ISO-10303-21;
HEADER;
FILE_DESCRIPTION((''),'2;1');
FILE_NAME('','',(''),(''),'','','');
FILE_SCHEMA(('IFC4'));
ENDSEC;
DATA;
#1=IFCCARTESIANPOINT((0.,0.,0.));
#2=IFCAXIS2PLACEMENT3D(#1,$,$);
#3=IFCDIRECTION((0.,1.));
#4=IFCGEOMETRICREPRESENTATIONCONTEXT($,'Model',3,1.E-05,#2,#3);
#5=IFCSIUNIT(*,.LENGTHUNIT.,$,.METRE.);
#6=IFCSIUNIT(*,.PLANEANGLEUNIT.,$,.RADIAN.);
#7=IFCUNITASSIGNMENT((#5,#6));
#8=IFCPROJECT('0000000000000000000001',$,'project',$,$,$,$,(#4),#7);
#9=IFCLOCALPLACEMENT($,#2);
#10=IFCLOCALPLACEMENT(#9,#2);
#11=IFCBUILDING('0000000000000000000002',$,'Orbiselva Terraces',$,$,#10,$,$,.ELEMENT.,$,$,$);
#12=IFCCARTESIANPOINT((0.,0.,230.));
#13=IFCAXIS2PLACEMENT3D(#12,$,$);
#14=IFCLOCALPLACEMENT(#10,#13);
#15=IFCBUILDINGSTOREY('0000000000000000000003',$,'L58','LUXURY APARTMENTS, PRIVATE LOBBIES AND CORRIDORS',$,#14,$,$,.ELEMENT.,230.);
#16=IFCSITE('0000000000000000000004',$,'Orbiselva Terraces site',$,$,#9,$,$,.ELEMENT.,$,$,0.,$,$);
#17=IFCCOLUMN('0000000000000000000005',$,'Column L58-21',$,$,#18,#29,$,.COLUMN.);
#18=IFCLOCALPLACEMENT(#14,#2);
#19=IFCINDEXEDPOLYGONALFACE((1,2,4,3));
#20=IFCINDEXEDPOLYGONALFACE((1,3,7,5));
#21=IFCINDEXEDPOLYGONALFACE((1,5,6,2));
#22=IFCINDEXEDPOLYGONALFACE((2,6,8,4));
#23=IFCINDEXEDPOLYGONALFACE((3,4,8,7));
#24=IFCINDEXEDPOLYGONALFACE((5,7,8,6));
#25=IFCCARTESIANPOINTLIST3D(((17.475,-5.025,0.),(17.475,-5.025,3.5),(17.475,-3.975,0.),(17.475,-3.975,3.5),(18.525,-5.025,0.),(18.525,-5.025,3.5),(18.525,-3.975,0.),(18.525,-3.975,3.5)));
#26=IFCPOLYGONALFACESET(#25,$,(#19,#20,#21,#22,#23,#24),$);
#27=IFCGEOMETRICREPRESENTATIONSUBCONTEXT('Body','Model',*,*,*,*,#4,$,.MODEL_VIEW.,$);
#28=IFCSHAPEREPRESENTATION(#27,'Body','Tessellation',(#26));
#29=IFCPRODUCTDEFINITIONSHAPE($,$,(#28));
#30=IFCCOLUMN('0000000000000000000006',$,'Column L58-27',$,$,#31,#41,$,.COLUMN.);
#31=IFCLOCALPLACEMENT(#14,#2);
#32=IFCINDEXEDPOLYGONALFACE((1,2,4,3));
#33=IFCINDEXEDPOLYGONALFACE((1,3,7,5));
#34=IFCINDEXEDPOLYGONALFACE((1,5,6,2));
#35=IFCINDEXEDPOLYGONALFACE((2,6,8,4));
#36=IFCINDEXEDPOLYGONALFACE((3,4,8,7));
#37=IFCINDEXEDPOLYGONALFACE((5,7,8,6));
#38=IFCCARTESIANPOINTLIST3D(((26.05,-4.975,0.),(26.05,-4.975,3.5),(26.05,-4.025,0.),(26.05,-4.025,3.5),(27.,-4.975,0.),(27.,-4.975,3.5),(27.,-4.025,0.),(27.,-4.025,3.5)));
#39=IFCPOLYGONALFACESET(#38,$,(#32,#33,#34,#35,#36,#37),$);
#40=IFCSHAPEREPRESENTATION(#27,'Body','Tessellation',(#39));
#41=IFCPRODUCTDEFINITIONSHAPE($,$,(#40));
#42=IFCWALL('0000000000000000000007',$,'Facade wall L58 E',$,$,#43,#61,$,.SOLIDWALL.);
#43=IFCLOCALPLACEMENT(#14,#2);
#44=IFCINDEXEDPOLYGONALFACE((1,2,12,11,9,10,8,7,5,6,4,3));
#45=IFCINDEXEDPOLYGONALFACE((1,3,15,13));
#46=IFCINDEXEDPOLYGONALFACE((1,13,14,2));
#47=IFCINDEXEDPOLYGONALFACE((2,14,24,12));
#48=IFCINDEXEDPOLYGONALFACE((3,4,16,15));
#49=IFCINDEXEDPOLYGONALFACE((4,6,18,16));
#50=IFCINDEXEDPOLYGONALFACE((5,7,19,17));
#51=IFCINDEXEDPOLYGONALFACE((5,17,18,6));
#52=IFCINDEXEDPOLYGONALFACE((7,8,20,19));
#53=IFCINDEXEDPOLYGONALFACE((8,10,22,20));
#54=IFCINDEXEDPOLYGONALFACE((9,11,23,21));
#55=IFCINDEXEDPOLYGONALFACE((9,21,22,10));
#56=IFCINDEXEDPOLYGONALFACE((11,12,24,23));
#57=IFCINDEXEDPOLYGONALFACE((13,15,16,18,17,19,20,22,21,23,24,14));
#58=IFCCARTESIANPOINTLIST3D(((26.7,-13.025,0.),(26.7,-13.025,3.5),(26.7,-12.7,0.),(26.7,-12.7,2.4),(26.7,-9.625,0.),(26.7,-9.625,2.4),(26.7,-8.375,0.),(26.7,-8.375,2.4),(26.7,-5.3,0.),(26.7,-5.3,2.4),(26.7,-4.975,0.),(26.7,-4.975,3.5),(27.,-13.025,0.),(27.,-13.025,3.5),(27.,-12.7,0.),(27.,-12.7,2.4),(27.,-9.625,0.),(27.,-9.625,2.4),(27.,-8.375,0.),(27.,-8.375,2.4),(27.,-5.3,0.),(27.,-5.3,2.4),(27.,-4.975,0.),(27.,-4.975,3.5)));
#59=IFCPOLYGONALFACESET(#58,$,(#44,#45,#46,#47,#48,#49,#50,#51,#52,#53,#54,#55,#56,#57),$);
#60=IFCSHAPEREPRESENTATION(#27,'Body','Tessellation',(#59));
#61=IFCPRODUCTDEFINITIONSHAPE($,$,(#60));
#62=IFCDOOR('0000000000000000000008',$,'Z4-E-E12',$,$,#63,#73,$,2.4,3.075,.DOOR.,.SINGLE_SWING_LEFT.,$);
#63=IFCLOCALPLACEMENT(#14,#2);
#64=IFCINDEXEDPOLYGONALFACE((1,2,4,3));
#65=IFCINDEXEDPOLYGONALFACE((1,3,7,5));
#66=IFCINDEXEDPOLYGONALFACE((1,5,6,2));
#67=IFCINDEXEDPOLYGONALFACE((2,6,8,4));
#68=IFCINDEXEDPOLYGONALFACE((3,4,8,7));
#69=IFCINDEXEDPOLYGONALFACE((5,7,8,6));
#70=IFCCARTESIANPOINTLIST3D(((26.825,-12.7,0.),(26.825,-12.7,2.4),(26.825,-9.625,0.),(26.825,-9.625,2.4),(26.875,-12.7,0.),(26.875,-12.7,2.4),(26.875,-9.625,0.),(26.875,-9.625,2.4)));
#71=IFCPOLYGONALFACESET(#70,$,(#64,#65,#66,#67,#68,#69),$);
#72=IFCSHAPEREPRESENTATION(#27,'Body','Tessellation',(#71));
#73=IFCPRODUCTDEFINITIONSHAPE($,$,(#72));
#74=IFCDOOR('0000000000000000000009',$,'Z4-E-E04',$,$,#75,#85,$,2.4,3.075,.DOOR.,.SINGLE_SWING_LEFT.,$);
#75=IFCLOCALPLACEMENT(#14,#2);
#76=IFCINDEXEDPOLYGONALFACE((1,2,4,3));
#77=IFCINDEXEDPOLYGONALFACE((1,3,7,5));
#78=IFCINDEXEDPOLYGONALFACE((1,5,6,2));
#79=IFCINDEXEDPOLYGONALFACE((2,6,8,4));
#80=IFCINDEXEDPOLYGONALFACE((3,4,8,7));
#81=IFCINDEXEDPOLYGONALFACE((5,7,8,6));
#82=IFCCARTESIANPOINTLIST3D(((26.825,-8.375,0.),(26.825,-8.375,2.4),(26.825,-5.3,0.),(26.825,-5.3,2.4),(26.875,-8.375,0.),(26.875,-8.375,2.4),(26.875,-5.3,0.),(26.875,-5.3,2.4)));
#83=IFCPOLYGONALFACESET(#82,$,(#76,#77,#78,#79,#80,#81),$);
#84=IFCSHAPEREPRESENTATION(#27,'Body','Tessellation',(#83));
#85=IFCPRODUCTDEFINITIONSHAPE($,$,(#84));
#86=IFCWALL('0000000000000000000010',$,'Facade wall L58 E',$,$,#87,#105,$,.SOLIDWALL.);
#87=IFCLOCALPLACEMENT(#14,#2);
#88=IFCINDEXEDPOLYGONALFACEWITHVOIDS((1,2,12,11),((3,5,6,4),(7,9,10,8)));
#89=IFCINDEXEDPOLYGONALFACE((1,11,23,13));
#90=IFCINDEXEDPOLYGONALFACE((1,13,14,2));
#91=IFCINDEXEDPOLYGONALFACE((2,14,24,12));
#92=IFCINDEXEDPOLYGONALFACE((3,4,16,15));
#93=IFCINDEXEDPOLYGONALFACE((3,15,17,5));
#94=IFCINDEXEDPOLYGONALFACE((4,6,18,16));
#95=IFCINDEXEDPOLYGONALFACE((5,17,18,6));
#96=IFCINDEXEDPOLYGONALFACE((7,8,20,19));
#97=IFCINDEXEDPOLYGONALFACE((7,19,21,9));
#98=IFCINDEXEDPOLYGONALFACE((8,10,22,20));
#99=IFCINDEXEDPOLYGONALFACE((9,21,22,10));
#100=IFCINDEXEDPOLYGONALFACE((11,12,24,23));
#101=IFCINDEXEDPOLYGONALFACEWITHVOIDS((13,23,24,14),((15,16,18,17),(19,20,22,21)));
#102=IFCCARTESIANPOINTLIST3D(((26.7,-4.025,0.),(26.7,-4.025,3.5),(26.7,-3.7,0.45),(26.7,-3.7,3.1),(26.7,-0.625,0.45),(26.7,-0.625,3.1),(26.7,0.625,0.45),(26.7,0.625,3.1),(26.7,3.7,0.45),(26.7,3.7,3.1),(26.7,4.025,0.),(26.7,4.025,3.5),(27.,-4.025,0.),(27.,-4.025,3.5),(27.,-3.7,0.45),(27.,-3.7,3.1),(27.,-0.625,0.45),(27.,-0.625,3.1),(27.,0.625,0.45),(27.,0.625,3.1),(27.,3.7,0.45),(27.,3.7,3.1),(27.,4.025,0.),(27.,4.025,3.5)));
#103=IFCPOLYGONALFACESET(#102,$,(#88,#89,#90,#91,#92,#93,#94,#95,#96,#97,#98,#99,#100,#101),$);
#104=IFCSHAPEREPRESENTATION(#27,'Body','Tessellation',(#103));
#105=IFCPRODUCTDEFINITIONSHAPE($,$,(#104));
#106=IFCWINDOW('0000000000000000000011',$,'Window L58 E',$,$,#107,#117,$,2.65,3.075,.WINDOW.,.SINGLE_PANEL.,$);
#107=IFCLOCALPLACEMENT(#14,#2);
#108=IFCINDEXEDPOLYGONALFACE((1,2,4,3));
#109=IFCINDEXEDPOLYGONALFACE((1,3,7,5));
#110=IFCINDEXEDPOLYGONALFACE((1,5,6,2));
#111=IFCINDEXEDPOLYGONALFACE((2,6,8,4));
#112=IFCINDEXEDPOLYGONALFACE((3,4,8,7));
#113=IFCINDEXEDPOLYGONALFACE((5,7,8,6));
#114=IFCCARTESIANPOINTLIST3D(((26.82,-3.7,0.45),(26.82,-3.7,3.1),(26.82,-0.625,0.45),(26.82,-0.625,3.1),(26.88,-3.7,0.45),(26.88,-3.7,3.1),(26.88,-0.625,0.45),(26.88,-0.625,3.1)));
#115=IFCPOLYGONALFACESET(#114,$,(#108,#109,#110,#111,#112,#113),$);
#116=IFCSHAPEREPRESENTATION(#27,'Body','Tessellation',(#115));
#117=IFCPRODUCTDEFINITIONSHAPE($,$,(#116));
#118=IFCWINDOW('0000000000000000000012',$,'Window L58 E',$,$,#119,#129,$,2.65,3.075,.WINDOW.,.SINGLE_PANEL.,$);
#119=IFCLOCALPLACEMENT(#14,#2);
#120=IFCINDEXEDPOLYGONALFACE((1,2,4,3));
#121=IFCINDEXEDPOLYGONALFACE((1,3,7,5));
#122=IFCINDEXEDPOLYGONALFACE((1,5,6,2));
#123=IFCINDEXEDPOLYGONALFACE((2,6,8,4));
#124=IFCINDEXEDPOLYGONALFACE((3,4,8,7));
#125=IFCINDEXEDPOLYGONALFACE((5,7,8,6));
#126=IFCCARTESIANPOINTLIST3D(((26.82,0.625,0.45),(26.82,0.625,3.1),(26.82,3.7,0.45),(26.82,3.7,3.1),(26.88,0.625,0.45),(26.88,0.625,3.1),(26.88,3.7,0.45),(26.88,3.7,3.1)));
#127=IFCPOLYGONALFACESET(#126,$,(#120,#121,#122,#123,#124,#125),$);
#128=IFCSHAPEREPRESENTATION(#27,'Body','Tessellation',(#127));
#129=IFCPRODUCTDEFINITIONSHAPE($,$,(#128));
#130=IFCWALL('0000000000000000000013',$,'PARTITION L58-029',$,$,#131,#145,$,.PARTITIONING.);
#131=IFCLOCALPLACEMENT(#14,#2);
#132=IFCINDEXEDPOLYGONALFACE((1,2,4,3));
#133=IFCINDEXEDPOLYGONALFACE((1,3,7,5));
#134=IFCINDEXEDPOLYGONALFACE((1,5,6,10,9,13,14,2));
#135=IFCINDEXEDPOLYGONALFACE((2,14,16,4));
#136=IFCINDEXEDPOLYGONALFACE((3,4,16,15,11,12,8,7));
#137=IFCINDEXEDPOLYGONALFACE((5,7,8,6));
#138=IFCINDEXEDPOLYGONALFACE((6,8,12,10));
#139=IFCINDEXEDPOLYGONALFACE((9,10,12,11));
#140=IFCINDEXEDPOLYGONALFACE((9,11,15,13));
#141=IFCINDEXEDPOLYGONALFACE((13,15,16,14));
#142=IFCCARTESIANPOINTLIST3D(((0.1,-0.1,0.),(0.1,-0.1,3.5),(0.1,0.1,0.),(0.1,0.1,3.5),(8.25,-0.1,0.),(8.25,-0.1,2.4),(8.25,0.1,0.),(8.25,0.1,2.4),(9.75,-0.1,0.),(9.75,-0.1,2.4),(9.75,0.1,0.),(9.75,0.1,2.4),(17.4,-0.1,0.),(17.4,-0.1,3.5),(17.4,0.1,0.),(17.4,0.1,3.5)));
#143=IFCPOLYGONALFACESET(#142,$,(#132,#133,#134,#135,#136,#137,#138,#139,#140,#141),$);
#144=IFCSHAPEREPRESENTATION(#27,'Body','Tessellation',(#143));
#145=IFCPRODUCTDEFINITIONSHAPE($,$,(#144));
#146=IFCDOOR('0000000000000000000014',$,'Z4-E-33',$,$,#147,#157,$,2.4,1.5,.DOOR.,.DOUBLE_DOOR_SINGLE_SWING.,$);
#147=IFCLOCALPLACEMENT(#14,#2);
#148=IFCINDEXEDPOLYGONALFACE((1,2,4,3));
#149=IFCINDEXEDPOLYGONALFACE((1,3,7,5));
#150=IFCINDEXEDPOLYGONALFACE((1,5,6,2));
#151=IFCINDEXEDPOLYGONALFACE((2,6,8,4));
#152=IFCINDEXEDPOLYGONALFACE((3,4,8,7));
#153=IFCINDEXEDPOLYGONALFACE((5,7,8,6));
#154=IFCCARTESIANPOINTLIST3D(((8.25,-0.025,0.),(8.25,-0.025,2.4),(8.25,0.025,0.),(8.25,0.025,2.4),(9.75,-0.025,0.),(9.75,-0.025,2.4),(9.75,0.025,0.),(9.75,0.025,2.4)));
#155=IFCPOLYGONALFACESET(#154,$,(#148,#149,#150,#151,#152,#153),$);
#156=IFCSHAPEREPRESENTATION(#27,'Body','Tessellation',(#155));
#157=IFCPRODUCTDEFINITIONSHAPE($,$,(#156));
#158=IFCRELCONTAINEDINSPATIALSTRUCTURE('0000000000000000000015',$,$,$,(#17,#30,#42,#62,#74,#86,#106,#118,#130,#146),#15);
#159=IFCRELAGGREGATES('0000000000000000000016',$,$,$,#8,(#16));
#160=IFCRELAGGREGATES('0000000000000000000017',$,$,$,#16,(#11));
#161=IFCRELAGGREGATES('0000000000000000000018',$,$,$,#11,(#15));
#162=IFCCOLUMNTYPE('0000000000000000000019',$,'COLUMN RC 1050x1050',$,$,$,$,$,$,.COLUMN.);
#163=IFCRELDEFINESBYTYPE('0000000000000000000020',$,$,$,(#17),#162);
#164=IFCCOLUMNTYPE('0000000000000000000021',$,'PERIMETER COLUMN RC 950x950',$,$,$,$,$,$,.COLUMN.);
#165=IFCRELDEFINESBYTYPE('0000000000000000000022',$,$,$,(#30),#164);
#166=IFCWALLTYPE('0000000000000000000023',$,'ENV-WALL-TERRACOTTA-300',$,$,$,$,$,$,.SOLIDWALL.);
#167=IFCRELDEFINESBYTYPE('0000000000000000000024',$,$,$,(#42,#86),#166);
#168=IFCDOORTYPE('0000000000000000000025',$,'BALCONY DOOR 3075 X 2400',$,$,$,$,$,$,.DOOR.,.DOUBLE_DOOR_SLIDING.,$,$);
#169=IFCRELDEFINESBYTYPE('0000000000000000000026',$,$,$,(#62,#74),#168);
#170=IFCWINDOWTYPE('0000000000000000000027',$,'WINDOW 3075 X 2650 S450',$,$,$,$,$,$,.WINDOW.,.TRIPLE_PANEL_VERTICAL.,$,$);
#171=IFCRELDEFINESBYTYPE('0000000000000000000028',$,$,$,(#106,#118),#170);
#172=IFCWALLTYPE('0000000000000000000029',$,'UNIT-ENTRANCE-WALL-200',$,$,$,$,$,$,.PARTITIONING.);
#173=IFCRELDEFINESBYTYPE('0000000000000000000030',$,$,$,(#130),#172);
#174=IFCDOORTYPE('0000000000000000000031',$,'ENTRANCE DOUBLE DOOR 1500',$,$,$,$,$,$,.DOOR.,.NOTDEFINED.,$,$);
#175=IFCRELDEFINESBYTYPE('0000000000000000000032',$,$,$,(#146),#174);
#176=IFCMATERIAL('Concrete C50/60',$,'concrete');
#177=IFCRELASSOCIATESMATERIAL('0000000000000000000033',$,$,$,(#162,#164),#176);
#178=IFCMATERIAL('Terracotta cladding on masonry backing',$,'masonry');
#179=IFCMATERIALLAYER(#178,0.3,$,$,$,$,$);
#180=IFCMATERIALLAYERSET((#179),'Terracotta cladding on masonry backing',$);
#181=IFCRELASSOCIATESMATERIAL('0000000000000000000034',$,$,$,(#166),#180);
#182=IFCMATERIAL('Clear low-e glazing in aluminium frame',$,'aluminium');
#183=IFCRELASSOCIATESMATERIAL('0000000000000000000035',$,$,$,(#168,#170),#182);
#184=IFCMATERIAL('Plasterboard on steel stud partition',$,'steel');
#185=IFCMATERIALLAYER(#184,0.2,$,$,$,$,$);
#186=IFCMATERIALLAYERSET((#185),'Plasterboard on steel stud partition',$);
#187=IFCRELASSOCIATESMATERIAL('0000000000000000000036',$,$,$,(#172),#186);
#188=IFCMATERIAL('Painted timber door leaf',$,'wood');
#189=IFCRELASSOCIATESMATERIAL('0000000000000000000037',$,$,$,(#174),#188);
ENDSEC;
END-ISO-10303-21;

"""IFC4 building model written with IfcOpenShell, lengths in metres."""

from ifc_helpers import new_model, si_unit, direction, frame, frame_2d, origin, origin_2d, place, context, subcontext, project, spatial, rectangle, extrude, material, layer, layer_set, material_profile, profile_set, type_object, element, fill, save


model = new_model("IFC4")

# Units and contexts
model_context = context("Model", 3, precision=1e-05, world=origin(), true_north=direction((0.0, 1.0)))
body_context = subcontext(model_context, "Body", "Model", "MODEL_VIEW")
ifc_project = project(units=[si_unit("LENGTHUNIT", "METRE"), si_unit("PLANEANGLEUNIT", "RADIAN")], contexts=[model_context])

# Site, building, storey
site_placement = place(None, origin())
site = spatial("IfcSite", under=ifc_project, at=site_placement, Name="Orbiselva Terraces site", CompositionType="ELEMENT", RefElevation=0.0)
building_placement = place(site_placement, origin())
building = spatial("IfcBuilding", under=site, at=building_placement, Name="Orbiselva Terraces", CompositionType="ELEMENT")
storey_placement = place(building_placement, frame((0.0, 0.0, 230.0)))
storey = spatial("IfcBuildingStorey", under=building, at=storey_placement, Name="L58", Description="LUXURY APARTMENTS, PRIVATE LOBBIES AND CORRIDORS", CompositionType="ELEMENT", Elevation=230.0)

# Columns
ifc_material_1 = material(Name="Concrete C50/60", Category="concrete")
ifc_material_profile_1 = material_profile(ifc_material_1, rectangle(XDim=1.05, YDim=1.05, at=origin_2d()), Name="RC 1050x1050")
ifc_profile_set_1 = profile_set([ifc_material_profile_1], Name="Concrete C50/60")
column_type_1 = type_object("IfcColumnType", Name="COLUMN RC 1050x1050", PredefinedType="COLUMN", material=ifc_profile_set_1)
column_1_placement = place(storey_placement, frame((18.0, -4.5, 0.0), z_axis=(0.0, 0.0, 1.0), x_axis=(1.0, 0.0, 0.0)))
element("IfcColumn", 1, at=column_1_placement, inside=storey, type_object=column_type_1, Name="Column L58-21", PredefinedType="COLUMN", context=body_context, shape_type="SweptSolid", body=[
    extrude(rectangle(XDim=1.05, YDim=1.05, at=origin_2d()), origin(), (0.0, 0.0, 1.0), 3.5),
])
ifc_material_profile_2 = material_profile(ifc_material_1, rectangle(XDim=0.95, YDim=0.95, at=origin_2d()), Name="RC 950x950")
ifc_profile_set_2 = profile_set([ifc_material_profile_2], Name="Concrete C50/60")
column_type_2 = type_object("IfcColumnType", Name="PERIMETER COLUMN RC 950x950", PredefinedType="COLUMN", material=ifc_profile_set_2)
column_2_placement = place(storey_placement, frame((26.525, -4.5, 0.0), z_axis=(0.0, 0.0, 1.0), x_axis=(1.0, 0.0, 0.0)))
element("IfcColumn", 2, at=column_2_placement, inside=storey, type_object=column_type_2, Name="Column L58-27", PredefinedType="COLUMN", context=body_context, shape_type="SweptSolid", body=[
    extrude(rectangle(XDim=0.95, YDim=0.95, at=origin_2d()), origin(), (0.0, 0.0, 1.0), 3.5),
])

# Wall, openings, doors
ifc_material_2 = material(Name="Terracotta cladding on masonry backing", Category="masonry")
ifc_layer_1 = layer(ifc_material_2, 0.3)
ifc_layer_set_1 = layer_set([ifc_layer_1], Name="Terracotta cladding on masonry backing")
wall_type_1 = type_object("IfcWallType", Name="ENV-WALL-TERRACOTTA-300", PredefinedType="SOLIDWALL", material=ifc_layer_set_1)
wall_1_placement = place(storey_placement, frame((26.85, -4.975, 0.0), z_axis=(0.0, 0.0, 1.0), x_axis=(0.0, -1.0, 0.0)))
wall_1 = element("IfcWall", 3, at=wall_1_placement, inside=storey, type_object=wall_type_1, Name="Facade wall L58 E", PredefinedType="SOLIDWALL", context=body_context, shape_type="SweptSolid", body=[
    extrude(rectangle(XDim=8.05, YDim=0.3, at=frame_2d((4.025, 0.0))), origin(), (0.0, 0.0, 1.0), 3.5),
])
opening_1_placement = place(wall_1_placement, frame((4.65, 0.0, 0.0)))
opening_1 = element("IfcOpeningElement", 4, at=opening_1_placement, cuts=wall_1, PredefinedType="OPENING", context=body_context, shape_type="SweptSolid", body=[
    extrude(rectangle(XDim=3.075, YDim=2.4, at=frame_2d((1.5375, 1.2))), frame((0.0, 0.16, 0.0), z_axis=(0.0, -1.0, 0.0), x_axis=(1.0, 0.0, 0.0)), (0.0, 0.0, 1.0), 0.32),
])
opening_2_placement = place(wall_1_placement, frame((0.325, 0.0, 0.0)))
opening_2 = element("IfcOpeningElement", 5, at=opening_2_placement, cuts=wall_1, PredefinedType="OPENING", context=body_context, shape_type="SweptSolid", body=[
    extrude(rectangle(XDim=3.075, YDim=2.4, at=frame_2d((1.5375, 1.2))), frame((0.0, 0.16, 0.0), z_axis=(0.0, -1.0, 0.0), x_axis=(1.0, 0.0, 0.0)), (0.0, 0.0, 1.0), 0.32),
])
ifc_material_3 = material(Name="Clear low-e glazing in aluminium frame", Category="aluminium")
door_type_1 = type_object("IfcDoorType", Name="BALCONY DOOR 3075 X 2400", OperationType="DOUBLE_DOOR_SLIDING", PredefinedType="DOOR", material=ifc_material_3)
door_1_placement = place(opening_1_placement, origin())
door_1 = element("IfcDoor", 6, at=door_1_placement, inside=storey, type_object=door_type_1, Name="Z4-E-E12", OperationType="SINGLE_SWING_LEFT", OverallHeight=2.4, OverallWidth=3.075, PredefinedType="DOOR", context=body_context, shape_type="SweptSolid", body=[
    extrude(rectangle(XDim=3.075, YDim=2.4, at=frame_2d((1.5375, 1.2))), frame((0.0, 0.025, 0.0), z_axis=(0.0, -1.0, 0.0), x_axis=(1.0, 0.0, 0.0)), (0.0, 0.0, 1.0), 0.05),
])
fill(opening_1, door_1)
door_2_placement = place(opening_2_placement, origin())
door_2 = element("IfcDoor", 7, at=door_2_placement, inside=storey, type_object=door_type_1, Name="Z4-E-E04", OperationType="SINGLE_SWING_LEFT", OverallHeight=2.4, OverallWidth=3.075, PredefinedType="DOOR", context=body_context, shape_type="SweptSolid", body=[
    extrude(rectangle(XDim=3.075, YDim=2.4, at=frame_2d((1.5375, 1.2))), frame((0.0, 0.025, 0.0), z_axis=(0.0, -1.0, 0.0), x_axis=(1.0, 0.0, 0.0)), (0.0, 0.0, 1.0), 0.05),
])
fill(opening_2, door_2)

# Wall, openings, windows
wall_2_placement = place(storey_placement, frame((26.85, 4.025, 0.0), z_axis=(0.0, 0.0, 1.0), x_axis=(0.0, -1.0, 0.0)))
wall_2 = element("IfcWall", 8, at=wall_2_placement, inside=storey, type_object=wall_type_1, Name="Facade wall L58 E", PredefinedType="SOLIDWALL", context=body_context, shape_type="SweptSolid", body=[
    extrude(rectangle(XDim=8.05, YDim=0.3, at=frame_2d((4.025, 0.0))), origin(), (0.0, 0.0, 1.0), 3.5),
])
opening_3_placement = place(wall_2_placement, frame((4.65, 0.0, 0.45)))
opening_3 = element("IfcOpeningElement", 9, at=opening_3_placement, cuts=wall_2, PredefinedType="OPENING", context=body_context, shape_type="SweptSolid", body=[
    extrude(rectangle(XDim=3.075, YDim=2.65, at=frame_2d((1.5375, 1.325))), frame((0.0, 0.16, 0.0), z_axis=(0.0, -1.0, 0.0), x_axis=(1.0, 0.0, 0.0)), (0.0, 0.0, 1.0), 0.32),
])
opening_4_placement = place(wall_2_placement, frame((0.325, 0.0, 0.45)))
opening_4 = element("IfcOpeningElement", 10, at=opening_4_placement, cuts=wall_2, PredefinedType="OPENING", context=body_context, shape_type="SweptSolid", body=[
    extrude(rectangle(XDim=3.075, YDim=2.65, at=frame_2d((1.5375, 1.325))), frame((0.0, 0.16, 0.0), z_axis=(0.0, -1.0, 0.0), x_axis=(1.0, 0.0, 0.0)), (0.0, 0.0, 1.0), 0.32),
])
window_type = type_object("IfcWindowType", Name="WINDOW 3075 X 2650 S450", PartitioningType="TRIPLE_PANEL_VERTICAL", PredefinedType="WINDOW", material=ifc_material_3)
window_1_placement = place(opening_3_placement, origin())
window_1 = element("IfcWindow", 11, at=window_1_placement, inside=storey, type_object=window_type, Name="Window L58 E", OverallHeight=2.65, OverallWidth=3.075, PartitioningType="SINGLE_PANEL", PredefinedType="WINDOW", context=body_context, shape_type="SweptSolid", body=[
    extrude(rectangle(XDim=3.075, YDim=2.65, at=frame_2d((1.5375, 1.325))), frame((0.0, 0.03, 0.0), z_axis=(0.0, -1.0, 0.0), x_axis=(1.0, 0.0, 0.0)), (0.0, 0.0, 1.0), 0.06),
])
fill(opening_3, window_1)
window_2_placement = place(opening_4_placement, origin())
window_2 = element("IfcWindow", 12, at=window_2_placement, inside=storey, type_object=window_type, Name="Window L58 E", OverallHeight=2.65, OverallWidth=3.075, PartitioningType="SINGLE_PANEL", PredefinedType="WINDOW", context=body_context, shape_type="SweptSolid", body=[
    extrude(rectangle(XDim=3.075, YDim=2.65, at=frame_2d((1.5375, 1.325))), frame((0.0, 0.03, 0.0), z_axis=(0.0, -1.0, 0.0), x_axis=(1.0, 0.0, 0.0)), (0.0, 0.0, 1.0), 0.06),
])
fill(opening_4, window_2)

# Wall, opening, door
ifc_material_4 = material(Name="Plasterboard on steel stud partition", Category="steel")
ifc_layer_2 = layer(ifc_material_4, 0.2)
ifc_layer_set_2 = layer_set([ifc_layer_2], Name="Plasterboard on steel stud partition")
wall_type_2 = type_object("IfcWallType", Name="UNIT-ENTRANCE-WALL-200", PredefinedType="PARTITIONING", material=ifc_layer_set_2)
wall_3_placement = place(storey_placement, frame((17.4, 0.0, 0.0), z_axis=(0.0, 0.0, 1.0), x_axis=(-1.0, 0.0, 0.0)))
wall_3 = element("IfcWall", 13, at=wall_3_placement, inside=storey, type_object=wall_type_2, Name="PARTITION L58-029", PredefinedType="PARTITIONING", context=body_context, shape_type="SweptSolid", body=[
    extrude(rectangle(XDim=17.3, YDim=0.2, at=frame_2d((8.65, 0.0))), origin(), (0.0, 0.0, 1.0), 3.5),
])
opening_5_placement = place(wall_3_placement, frame((7.65, 0.0, 0.0)))
opening_5 = element("IfcOpeningElement", 14, at=opening_5_placement, cuts=wall_3, PredefinedType="OPENING", context=body_context, shape_type="SweptSolid", body=[
    extrude(rectangle(XDim=1.5, YDim=2.4, at=frame_2d((0.75, 1.2))), frame((0.0, 0.11, 0.0), z_axis=(0.0, -1.0, 0.0), x_axis=(1.0, 0.0, 0.0)), (0.0, 0.0, 1.0), 0.22),
])
ifc_material_5 = material(Name="Painted timber door leaf", Category="wood")
door_type_2 = type_object("IfcDoorType", Name="ENTRANCE DOUBLE DOOR 1500", OperationType="NOTDEFINED", PredefinedType="DOOR", material=ifc_material_5)
door_3_placement = place(opening_5_placement, origin())
door_3 = element("IfcDoor", 15, at=door_3_placement, inside=storey, type_object=door_type_2, Name="Z4-E-33", OperationType="DOUBLE_DOOR_SINGLE_SWING", OverallHeight=2.4, OverallWidth=1.5, PredefinedType="DOOR", context=body_context, shape_type="SweptSolid", body=[
    extrude(rectangle(XDim=1.5, YDim=2.4, at=frame_2d((0.75, 1.2))), frame((0.0, 0.025, 0.0), z_axis=(0.0, -1.0, 0.0), x_axis=(1.0, 0.0, 0.0)), (0.0, 0.0, 1.0), 0.05),
])
fill(opening_5, door_3)

save(model, "model.ifc")
